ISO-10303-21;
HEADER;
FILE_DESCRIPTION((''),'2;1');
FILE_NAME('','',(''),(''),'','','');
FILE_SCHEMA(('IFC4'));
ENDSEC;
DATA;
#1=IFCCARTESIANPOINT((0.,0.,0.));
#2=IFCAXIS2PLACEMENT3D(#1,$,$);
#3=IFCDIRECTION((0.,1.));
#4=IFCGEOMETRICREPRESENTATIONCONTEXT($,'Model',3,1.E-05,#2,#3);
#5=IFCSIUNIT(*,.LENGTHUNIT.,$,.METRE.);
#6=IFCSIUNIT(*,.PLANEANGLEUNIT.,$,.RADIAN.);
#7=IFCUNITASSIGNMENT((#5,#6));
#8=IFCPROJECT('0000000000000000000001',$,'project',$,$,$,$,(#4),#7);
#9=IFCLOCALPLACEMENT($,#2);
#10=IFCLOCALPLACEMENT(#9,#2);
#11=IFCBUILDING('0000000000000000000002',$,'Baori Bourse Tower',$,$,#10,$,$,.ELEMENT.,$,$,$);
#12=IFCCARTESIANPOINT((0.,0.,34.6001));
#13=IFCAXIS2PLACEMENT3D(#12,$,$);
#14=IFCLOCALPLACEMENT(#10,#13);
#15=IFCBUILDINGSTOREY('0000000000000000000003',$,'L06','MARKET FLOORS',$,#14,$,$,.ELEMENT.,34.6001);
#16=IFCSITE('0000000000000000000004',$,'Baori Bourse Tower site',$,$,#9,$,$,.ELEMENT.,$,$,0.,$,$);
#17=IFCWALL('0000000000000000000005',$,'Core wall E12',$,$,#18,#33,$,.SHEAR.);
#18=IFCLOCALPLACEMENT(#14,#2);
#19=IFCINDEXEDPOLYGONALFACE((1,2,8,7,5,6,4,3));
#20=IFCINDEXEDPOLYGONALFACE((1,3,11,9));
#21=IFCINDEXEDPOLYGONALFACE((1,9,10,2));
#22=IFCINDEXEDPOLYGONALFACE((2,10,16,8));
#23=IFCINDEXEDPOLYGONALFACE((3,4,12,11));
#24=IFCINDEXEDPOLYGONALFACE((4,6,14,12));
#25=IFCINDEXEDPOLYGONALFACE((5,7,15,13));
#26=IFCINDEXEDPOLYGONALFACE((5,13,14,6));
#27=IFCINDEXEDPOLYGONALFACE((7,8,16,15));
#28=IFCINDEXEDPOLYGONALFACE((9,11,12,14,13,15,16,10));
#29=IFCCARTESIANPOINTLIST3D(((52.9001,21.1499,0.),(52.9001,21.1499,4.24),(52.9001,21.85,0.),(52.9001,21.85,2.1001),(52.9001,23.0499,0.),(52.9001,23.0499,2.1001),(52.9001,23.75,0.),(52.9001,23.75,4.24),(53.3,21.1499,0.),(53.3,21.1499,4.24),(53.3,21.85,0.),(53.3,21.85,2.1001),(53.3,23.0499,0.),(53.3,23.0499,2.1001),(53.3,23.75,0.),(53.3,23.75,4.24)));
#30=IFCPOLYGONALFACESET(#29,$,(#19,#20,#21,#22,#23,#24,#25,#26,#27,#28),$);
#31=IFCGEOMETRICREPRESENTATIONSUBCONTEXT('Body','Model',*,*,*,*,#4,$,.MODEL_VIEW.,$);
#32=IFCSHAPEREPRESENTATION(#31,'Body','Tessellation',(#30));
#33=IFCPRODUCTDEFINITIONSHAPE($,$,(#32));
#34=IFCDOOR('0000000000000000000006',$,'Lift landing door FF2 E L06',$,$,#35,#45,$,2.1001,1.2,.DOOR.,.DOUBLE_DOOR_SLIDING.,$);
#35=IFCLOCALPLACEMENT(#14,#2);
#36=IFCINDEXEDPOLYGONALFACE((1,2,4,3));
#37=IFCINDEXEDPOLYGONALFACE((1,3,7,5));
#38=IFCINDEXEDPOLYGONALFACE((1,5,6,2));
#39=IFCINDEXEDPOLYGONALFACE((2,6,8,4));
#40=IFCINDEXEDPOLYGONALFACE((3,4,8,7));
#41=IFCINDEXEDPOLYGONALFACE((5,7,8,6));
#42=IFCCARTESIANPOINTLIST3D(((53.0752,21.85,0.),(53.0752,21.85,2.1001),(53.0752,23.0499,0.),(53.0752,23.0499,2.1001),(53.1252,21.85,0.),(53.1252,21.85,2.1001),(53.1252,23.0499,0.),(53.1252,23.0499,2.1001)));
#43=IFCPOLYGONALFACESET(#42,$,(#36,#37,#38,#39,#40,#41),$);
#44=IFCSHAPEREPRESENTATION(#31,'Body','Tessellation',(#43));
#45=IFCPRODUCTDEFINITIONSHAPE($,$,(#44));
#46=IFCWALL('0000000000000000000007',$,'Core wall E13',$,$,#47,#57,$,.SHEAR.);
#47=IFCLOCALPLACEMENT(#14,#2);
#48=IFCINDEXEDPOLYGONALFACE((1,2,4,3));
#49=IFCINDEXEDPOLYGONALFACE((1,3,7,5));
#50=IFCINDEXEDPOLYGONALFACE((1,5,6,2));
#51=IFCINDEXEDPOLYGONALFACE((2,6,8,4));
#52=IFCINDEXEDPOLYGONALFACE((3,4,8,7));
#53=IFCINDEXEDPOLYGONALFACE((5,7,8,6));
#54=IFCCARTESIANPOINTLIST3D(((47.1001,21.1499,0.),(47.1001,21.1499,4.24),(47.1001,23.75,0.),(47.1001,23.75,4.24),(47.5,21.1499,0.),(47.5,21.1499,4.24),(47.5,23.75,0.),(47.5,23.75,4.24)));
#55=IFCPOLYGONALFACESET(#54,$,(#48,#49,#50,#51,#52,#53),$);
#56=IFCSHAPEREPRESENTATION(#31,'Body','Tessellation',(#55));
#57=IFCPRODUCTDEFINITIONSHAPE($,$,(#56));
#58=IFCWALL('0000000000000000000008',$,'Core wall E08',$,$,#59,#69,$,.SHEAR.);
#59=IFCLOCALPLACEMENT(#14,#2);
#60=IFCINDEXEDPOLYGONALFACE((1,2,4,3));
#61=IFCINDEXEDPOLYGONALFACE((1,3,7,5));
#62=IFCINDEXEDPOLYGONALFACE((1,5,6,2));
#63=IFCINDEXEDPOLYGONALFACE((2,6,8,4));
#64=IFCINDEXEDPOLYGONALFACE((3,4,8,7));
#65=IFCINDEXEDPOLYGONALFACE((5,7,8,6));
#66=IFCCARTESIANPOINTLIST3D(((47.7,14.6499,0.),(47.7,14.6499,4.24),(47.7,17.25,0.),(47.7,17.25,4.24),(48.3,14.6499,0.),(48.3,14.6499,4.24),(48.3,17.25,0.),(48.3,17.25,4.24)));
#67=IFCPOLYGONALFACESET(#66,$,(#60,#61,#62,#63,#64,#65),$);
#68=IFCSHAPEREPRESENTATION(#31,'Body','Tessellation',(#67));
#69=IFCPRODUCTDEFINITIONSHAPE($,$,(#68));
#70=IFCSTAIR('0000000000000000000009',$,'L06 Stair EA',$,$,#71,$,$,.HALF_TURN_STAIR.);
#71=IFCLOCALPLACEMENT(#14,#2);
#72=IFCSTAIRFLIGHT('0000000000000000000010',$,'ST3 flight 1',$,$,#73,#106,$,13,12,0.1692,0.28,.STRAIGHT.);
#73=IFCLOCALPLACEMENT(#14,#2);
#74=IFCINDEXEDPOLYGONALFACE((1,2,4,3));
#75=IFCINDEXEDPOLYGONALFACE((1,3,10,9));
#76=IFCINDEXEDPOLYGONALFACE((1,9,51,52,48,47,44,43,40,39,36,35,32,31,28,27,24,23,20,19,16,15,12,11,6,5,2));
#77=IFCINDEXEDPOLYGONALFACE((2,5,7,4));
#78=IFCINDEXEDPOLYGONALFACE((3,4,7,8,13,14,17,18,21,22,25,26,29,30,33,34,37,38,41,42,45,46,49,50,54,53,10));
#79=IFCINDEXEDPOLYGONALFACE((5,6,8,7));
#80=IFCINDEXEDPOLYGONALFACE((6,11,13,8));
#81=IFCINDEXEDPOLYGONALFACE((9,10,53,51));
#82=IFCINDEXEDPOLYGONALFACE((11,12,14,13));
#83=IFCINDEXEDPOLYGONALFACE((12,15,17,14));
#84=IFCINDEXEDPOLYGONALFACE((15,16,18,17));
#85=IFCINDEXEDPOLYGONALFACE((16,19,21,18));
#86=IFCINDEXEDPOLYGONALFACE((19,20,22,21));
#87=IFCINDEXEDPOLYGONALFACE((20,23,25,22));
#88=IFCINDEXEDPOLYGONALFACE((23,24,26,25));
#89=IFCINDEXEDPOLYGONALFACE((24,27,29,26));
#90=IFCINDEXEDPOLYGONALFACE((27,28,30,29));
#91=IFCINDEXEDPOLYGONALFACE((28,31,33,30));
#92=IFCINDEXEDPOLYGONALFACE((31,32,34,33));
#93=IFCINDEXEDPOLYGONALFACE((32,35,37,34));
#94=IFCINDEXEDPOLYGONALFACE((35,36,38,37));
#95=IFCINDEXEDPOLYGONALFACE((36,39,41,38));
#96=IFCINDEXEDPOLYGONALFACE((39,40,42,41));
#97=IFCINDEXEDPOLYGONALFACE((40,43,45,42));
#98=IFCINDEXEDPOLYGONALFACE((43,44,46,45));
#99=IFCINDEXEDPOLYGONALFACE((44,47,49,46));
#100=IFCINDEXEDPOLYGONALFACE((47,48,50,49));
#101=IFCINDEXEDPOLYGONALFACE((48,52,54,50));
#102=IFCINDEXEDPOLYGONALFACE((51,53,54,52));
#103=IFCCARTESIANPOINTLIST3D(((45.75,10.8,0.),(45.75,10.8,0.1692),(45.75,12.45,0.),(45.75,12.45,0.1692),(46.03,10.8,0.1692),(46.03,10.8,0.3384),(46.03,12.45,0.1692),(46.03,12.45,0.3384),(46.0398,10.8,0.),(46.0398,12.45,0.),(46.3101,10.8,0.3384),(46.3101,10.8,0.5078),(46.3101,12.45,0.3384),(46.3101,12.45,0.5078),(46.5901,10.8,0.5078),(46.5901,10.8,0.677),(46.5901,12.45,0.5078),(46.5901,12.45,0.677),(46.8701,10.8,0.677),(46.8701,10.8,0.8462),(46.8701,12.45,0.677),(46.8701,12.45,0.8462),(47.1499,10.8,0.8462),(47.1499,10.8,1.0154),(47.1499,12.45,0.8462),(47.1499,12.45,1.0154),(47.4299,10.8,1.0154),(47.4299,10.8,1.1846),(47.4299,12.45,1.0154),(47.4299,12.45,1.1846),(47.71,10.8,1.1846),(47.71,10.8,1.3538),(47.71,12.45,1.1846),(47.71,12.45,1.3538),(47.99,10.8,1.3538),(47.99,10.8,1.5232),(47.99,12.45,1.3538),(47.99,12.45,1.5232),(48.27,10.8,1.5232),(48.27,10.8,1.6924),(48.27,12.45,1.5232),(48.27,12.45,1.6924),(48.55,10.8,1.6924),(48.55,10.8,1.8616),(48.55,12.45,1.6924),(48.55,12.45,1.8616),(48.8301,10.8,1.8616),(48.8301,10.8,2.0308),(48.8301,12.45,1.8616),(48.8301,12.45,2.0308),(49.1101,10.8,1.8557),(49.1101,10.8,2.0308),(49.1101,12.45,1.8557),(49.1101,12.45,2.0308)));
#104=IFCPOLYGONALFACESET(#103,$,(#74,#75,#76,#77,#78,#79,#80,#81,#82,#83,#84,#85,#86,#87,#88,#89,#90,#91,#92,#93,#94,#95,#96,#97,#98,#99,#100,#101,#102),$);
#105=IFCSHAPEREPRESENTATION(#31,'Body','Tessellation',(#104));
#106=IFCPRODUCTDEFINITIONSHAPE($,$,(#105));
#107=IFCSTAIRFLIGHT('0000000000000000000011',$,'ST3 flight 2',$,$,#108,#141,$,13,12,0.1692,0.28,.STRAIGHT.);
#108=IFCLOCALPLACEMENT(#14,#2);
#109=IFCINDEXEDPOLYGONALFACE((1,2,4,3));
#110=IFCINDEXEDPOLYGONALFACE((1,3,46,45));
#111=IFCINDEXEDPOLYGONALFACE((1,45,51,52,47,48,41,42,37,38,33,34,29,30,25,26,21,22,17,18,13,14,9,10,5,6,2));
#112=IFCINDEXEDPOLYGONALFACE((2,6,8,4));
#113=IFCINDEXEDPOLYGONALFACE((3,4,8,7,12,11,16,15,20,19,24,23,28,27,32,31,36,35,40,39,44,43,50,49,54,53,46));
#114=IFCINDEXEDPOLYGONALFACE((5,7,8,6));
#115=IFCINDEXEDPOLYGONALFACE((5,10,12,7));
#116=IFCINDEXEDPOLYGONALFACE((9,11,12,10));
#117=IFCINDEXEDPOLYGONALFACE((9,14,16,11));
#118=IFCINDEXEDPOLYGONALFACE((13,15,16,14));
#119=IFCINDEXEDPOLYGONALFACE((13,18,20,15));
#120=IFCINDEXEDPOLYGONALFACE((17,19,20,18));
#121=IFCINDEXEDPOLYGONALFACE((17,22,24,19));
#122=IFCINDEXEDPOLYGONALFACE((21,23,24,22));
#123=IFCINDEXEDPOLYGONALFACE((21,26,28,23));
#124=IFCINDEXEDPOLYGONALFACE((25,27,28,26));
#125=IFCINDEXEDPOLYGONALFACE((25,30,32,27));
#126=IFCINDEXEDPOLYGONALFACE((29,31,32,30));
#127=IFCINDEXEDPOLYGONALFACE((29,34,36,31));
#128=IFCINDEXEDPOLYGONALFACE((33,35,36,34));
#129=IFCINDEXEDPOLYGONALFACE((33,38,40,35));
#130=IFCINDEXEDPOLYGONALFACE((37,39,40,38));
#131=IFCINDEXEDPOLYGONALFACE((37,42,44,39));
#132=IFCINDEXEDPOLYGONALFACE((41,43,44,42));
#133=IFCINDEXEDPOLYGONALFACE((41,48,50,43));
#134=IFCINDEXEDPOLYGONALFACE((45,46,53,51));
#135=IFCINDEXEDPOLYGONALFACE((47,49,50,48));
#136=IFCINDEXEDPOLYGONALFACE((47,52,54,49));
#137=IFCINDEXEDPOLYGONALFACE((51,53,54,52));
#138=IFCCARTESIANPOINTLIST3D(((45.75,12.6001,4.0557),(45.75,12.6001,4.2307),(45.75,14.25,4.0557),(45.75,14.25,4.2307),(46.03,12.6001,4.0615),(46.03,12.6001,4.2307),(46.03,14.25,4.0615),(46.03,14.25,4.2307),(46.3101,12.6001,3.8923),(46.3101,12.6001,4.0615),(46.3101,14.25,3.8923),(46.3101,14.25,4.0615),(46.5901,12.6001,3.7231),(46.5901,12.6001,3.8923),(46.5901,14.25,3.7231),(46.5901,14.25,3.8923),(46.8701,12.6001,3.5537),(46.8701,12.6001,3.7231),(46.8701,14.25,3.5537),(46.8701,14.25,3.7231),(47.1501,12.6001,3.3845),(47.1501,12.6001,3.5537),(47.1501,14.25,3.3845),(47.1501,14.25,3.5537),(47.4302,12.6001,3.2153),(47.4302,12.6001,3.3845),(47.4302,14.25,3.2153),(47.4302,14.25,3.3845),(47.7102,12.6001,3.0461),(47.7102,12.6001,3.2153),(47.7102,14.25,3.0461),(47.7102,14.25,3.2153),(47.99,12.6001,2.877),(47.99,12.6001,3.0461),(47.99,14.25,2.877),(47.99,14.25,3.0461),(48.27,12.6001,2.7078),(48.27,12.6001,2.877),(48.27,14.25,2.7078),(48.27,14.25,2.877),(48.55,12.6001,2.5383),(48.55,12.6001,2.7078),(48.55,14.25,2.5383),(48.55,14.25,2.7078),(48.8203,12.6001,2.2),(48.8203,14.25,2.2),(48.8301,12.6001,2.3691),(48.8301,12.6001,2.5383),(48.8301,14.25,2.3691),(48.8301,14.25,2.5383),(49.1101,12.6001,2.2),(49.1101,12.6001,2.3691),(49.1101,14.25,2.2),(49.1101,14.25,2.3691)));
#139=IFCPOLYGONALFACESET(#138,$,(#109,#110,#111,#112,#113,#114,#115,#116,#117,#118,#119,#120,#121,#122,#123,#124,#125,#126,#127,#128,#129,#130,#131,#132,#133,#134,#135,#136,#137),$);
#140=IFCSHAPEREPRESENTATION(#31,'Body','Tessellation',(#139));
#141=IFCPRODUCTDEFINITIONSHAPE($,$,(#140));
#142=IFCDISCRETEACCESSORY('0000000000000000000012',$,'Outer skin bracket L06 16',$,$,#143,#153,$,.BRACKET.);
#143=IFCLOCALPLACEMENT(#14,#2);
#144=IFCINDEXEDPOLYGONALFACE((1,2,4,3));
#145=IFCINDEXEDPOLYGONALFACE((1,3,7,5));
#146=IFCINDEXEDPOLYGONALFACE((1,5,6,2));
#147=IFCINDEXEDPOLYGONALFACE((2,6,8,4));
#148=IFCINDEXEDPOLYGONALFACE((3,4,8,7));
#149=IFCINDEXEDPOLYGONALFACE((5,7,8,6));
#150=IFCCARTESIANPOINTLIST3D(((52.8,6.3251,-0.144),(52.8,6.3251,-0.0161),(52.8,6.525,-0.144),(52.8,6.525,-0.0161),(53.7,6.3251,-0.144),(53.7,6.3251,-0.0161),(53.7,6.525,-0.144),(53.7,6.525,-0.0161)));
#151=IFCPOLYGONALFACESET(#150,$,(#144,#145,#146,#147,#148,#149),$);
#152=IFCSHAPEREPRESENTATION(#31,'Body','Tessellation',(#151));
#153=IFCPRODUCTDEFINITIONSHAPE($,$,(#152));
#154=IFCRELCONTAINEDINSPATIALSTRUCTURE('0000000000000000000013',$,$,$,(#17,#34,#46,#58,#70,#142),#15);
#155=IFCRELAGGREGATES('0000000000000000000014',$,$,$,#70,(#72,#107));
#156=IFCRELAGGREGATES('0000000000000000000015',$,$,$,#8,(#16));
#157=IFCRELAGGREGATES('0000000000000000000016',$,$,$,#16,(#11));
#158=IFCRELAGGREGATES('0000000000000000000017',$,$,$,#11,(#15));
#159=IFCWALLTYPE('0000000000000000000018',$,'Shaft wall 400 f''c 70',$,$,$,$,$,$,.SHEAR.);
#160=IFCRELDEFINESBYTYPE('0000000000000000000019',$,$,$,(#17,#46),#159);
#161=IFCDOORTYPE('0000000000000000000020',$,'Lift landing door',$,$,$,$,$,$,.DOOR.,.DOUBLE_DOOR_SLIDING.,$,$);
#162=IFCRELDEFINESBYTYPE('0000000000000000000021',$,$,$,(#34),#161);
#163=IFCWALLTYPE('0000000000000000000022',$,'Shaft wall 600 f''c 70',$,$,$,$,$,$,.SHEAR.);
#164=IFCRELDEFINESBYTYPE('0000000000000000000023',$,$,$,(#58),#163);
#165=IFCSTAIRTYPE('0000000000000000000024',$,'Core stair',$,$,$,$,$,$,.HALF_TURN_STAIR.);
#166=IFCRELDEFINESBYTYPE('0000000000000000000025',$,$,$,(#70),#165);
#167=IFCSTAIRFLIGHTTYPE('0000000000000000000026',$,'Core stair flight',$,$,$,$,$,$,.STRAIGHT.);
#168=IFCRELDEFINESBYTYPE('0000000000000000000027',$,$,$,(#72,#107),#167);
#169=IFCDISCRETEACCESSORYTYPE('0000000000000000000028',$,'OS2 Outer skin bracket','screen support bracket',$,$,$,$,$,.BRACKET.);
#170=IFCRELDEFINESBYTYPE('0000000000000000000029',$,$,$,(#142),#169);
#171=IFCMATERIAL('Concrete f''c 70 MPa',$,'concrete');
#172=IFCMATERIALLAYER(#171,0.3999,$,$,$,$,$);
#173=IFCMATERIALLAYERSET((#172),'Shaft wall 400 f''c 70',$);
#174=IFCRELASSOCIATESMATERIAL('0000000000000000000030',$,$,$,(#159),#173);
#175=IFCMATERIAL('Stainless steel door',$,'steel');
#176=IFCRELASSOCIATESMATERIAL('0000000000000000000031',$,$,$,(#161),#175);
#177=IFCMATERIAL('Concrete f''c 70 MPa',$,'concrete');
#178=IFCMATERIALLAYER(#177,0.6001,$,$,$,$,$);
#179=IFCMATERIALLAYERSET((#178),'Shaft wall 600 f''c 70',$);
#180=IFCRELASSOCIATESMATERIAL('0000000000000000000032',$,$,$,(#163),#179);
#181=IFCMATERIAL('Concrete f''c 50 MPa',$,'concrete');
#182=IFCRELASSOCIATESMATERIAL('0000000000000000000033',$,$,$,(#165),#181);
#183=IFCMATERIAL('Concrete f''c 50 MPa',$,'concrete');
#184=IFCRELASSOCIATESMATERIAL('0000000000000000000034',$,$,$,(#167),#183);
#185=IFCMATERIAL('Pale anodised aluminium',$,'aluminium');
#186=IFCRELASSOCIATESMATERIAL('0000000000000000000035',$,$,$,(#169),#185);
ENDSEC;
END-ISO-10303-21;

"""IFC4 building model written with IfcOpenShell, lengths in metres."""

from ifc_helpers import new_model, si_unit, direction, frame, frame_2d, origin, origin_2d, place, context, subcontext, project, spatial, polyline, rectangle, outline, extrude, material, layer, layer_set, type_object, element, fill, aggregate, save


model = new_model("IFC4")

# Units and contexts
model_context = context("Model", 3, precision=1e-05, world=origin(), true_north=direction((0.0, 1.0)))
body_context = subcontext(model_context, "Body", "Model", "MODEL_VIEW")
ifc_project = project(units=[si_unit("LENGTHUNIT", "METRE"), si_unit("PLANEANGLEUNIT", "RADIAN")], contexts=[model_context])

# Site, building, storey
site_placement = place(None, origin())
site = spatial("IfcSite", under=ifc_project, at=site_placement, Name="Baori Bourse Tower site", CompositionType="ELEMENT", RefElevation=0.0)
building_placement = place(site_placement, origin())
building = spatial("IfcBuilding", under=site, at=building_placement, Name="Baori Bourse Tower", CompositionType="ELEMENT")
storey_placement = place(building_placement, frame((0.0, 0.0, 34.6001)))
storey = spatial("IfcBuildingStorey", under=building, at=storey_placement, Name="L06", Description="MARKET FLOORS", CompositionType="ELEMENT", Elevation=34.6001)

# Shared definitions
ifc_material_1 = material(Name="Concrete f'c 70 MPa", Category="concrete")
ifc_layer_1 = layer(ifc_material_1, 0.3999)
ifc_layer_set_1 = layer_set([ifc_layer_1], Name="Shaft wall 400 f'c 70")
wall_type_1 = type_object("IfcWallType", Name="Shaft wall 400 f'c 70", PredefinedType="SHEAR", material=ifc_layer_set_1)

# Wall, opening, door
wall_1_placement = place(storey_placement, frame((53.1001, 21.1499, 0.0), z_axis=(0.0, 0.0, 1.0), x_axis=(0.0, 1.0, 0.0)))
wall_1 = element("IfcWall", 1, at=wall_1_placement, inside=storey, type_object=wall_type_1, Name="Core wall E12", PredefinedType="SHEAR", context=body_context, shape_type="SweptSolid", body=[
    extrude(rectangle(XDim=2.6001, YDim=0.3999, at=frame_2d((1.3, 0.0))), origin(), (0.0, 0.0, 1.0), 4.24),
])
opening_1_placement = place(wall_1_placement, frame((0.7, 0.0, 0.0)))
opening_1 = element("IfcOpeningElement", 2, at=opening_1_placement, cuts=wall_1, PredefinedType="OPENING", context=body_context, shape_type="SweptSolid", body=[
    extrude(rectangle(XDim=1.2, YDim=2.1001, at=frame_2d((0.6001, 1.05))), frame((0.0, 0.21, 0.0), z_axis=(0.0, -1.0, 0.0), x_axis=(1.0, 0.0, 0.0)), (0.0, 0.0, 1.0), 0.4199),
])
ifc_material_2 = material(Name="Stainless steel door", Category="steel")
door_type_1 = type_object("IfcDoorType", Name="Lift landing door", OperationType="DOUBLE_DOOR_SLIDING", PredefinedType="DOOR", material=ifc_material_2)
door_1_placement = place(opening_1_placement, origin())
door_1 = element("IfcDoor", 3, at=door_1_placement, inside=storey, type_object=door_type_1, Name="Lift landing door FF2 E L06", OperationType="DOUBLE_DOOR_SLIDING", OverallHeight=2.1001, OverallWidth=1.2, PredefinedType="DOOR", context=body_context, shape_type="SweptSolid", body=[
    extrude(rectangle(XDim=1.2, YDim=2.1001, at=frame_2d((0.6001, 1.05))), frame((0.0, 0.0249, 0.0), z_axis=(0.0, -1.0, 0.0), x_axis=(1.0, 0.0, 0.0)), (0.0, 0.0, 1.0), 0.05),
])
fill(opening_1, door_1)

# Walls
wall_2_placement = place(storey_placement, frame((47.3, 21.1499, 0.0), z_axis=(0.0, 0.0, 1.0), x_axis=(0.0, 1.0, 0.0)))
element("IfcWall", 4, at=wall_2_placement, inside=storey, type_object=wall_type_1, Name="Core wall E13", PredefinedType="SHEAR", context=body_context, shape_type="SweptSolid", body=[
    extrude(rectangle(XDim=2.6001, YDim=0.3999, at=frame_2d((1.3, 0.0))), origin(), (0.0, 0.0, 1.0), 4.24),
])
ifc_material_3 = material(Name="Concrete f'c 70 MPa", Category="concrete")
ifc_layer_2 = layer(ifc_material_3, 0.6001)
ifc_layer_set_2 = layer_set([ifc_layer_2], Name="Shaft wall 600 f'c 70")
wall_type_2 = type_object("IfcWallType", Name="Shaft wall 600 f'c 70", PredefinedType="SHEAR", material=ifc_layer_set_2)
wall_3_placement = place(storey_placement, frame((48.0, 14.6499, 0.0), z_axis=(0.0, 0.0, 1.0), x_axis=(0.0, 1.0, 0.0)))
element("IfcWall", 5, at=wall_3_placement, inside=storey, type_object=wall_type_2, Name="Core wall E08", PredefinedType="SHEAR", context=body_context, shape_type="SweptSolid", body=[
    extrude(rectangle(XDim=2.6001, YDim=0.6001, at=frame_2d((1.3, 0.0))), origin(), (0.0, 0.0, 1.0), 4.24),
])

# Stair, stair flights
ifc_material_4 = material(Name="Concrete f'c 50 MPa", Category="concrete")
stair_type = type_object("IfcStairType", Name="Core stair", PredefinedType="HALF_TURN_STAIR", material=ifc_material_4)
stair_placement = place(storey_placement, origin())
stair = element("IfcStair", 6, at=stair_placement, inside=storey, type_object=stair_type, Name="L06 Stair EA", PredefinedType="HALF_TURN_STAIR")
ifc_material_5 = material(Name="Concrete f'c 50 MPa", Category="concrete")
stair_flight_type = type_object("IfcStairFlightType", Name="Core stair flight", PredefinedType="STRAIGHT", material=ifc_material_5)
stair_flight_1_placement = place(storey_placement, frame((45.75, 11.625, 0.0), z_axis=(0.0, 0.0, 1.0), x_axis=(1.0, 0.0, 0.0)))
stair_flight_1 = element("IfcStairFlight", 7, at=stair_flight_1_placement, type_object=stair_flight_type, Name="ST3 flight 1", NumberOfRisers=13, NumberOfTreads=12, PredefinedType="STRAIGHT", RiserHeight=0.1692, TreadLength=0.28, context=body_context, shape_type="SweptSolid", body=[
    extrude(outline(polyline([(0.0, 0.0), (0.0, 0.1692), (0.28, 0.1692), (0.28, 0.3384), (0.5601, 0.3384), (0.5601, 0.5078), (0.8401, 0.5078), (0.8401, 0.677), (1.1201, 0.677), (1.1201, 0.8462), (1.3999, 0.8462), (1.3999, 1.0154), (1.6799, 1.0154), (1.6799, 1.1846), (1.96, 1.1846), (1.96, 1.3538), (2.24, 1.3538), (2.24, 1.5232), (2.52, 1.5232), (2.52, 1.6924), (2.8, 1.6924), (2.8, 1.8616), (3.0801, 1.8616), (3.0801, 2.0308), (3.3601, 2.0308), (3.3601, 2.2), (3.3601, 1.8557), (0.2898, 0.0), (0.0, 0.0)])), frame((0.0, 0.825, 0.0), z_axis=(0.0, -1.0, 0.0), x_axis=(1.0, 0.0, 0.0)), (0.0, 0.0, 1.0), 1.6499),
])
stair_flight_2_placement = place(storey_placement, frame((49.1101, 13.425, 2.2), z_axis=(0.0, 0.0, 1.0), x_axis=(-1.0, 0.0, 0.0)))
stair_flight_2 = element("IfcStairFlight", 8, at=stair_flight_2_placement, type_object=stair_flight_type, Name="ST3 flight 2", NumberOfRisers=13, NumberOfTreads=12, PredefinedType="STRAIGHT", RiserHeight=0.1692, TreadLength=0.28, context=body_context, shape_type="SweptSolid", body=[
    extrude(outline(polyline([(0.0, 0.0), (0.0, 0.1692), (0.28, 0.1692), (0.28, 0.3384), (0.5601, 0.3384), (0.5601, 0.5078), (0.8401, 0.5078), (0.8401, 0.677), (1.1201, 0.677), (1.1201, 0.8462), (1.3999, 0.8462), (1.3999, 1.0154), (1.6799, 1.0154), (1.6799, 1.1846), (1.96, 1.1846), (1.96, 1.3538), (2.24, 1.3538), (2.24, 1.5232), (2.52, 1.5232), (2.52, 1.6924), (2.8, 1.6924), (2.8, 1.8616), (3.0801, 1.8616), (3.0801, 2.0308), (3.3601, 2.0308), (3.3601, 2.2), (3.3601, 1.8557), (0.2898, 0.0), (0.0, 0.0)])), frame((0.0, 0.825, 0.0), z_axis=(0.0, -1.0, 0.0), x_axis=(1.0, 0.0, 0.0)), (0.0, 0.0, 1.0), 1.6499),
])
aggregate(stair, [stair_flight_1, stair_flight_2])

# Discrete accessory
ifc_material_6 = material(Name="Pale anodised aluminium", Category="aluminium")
discrete_accessory_type = type_object("IfcDiscreteAccessoryType", Name="OS2 Outer skin bracket", Description="screen support bracket", PredefinedType="BRACKET", material=ifc_material_6)
discrete_accessory_placement = place(storey_placement, frame((53.25, 6.425, -0.144), z_axis=(0.0, 0.0, 1.0), x_axis=(0.0, 1.0, 0.0)))
element("IfcDiscreteAccessory", 9, at=discrete_accessory_placement, inside=storey, type_object=discrete_accessory_type, Name="Outer skin bracket L06 16", PredefinedType="BRACKET", context=body_context, shape_type="SweptSolid", body=[
    extrude(rectangle(XDim=0.2, YDim=0.8999, at=origin_2d()), origin(), (0.0, 0.0, 1.0), 0.1279),
])

save(model, "model.ifc")
